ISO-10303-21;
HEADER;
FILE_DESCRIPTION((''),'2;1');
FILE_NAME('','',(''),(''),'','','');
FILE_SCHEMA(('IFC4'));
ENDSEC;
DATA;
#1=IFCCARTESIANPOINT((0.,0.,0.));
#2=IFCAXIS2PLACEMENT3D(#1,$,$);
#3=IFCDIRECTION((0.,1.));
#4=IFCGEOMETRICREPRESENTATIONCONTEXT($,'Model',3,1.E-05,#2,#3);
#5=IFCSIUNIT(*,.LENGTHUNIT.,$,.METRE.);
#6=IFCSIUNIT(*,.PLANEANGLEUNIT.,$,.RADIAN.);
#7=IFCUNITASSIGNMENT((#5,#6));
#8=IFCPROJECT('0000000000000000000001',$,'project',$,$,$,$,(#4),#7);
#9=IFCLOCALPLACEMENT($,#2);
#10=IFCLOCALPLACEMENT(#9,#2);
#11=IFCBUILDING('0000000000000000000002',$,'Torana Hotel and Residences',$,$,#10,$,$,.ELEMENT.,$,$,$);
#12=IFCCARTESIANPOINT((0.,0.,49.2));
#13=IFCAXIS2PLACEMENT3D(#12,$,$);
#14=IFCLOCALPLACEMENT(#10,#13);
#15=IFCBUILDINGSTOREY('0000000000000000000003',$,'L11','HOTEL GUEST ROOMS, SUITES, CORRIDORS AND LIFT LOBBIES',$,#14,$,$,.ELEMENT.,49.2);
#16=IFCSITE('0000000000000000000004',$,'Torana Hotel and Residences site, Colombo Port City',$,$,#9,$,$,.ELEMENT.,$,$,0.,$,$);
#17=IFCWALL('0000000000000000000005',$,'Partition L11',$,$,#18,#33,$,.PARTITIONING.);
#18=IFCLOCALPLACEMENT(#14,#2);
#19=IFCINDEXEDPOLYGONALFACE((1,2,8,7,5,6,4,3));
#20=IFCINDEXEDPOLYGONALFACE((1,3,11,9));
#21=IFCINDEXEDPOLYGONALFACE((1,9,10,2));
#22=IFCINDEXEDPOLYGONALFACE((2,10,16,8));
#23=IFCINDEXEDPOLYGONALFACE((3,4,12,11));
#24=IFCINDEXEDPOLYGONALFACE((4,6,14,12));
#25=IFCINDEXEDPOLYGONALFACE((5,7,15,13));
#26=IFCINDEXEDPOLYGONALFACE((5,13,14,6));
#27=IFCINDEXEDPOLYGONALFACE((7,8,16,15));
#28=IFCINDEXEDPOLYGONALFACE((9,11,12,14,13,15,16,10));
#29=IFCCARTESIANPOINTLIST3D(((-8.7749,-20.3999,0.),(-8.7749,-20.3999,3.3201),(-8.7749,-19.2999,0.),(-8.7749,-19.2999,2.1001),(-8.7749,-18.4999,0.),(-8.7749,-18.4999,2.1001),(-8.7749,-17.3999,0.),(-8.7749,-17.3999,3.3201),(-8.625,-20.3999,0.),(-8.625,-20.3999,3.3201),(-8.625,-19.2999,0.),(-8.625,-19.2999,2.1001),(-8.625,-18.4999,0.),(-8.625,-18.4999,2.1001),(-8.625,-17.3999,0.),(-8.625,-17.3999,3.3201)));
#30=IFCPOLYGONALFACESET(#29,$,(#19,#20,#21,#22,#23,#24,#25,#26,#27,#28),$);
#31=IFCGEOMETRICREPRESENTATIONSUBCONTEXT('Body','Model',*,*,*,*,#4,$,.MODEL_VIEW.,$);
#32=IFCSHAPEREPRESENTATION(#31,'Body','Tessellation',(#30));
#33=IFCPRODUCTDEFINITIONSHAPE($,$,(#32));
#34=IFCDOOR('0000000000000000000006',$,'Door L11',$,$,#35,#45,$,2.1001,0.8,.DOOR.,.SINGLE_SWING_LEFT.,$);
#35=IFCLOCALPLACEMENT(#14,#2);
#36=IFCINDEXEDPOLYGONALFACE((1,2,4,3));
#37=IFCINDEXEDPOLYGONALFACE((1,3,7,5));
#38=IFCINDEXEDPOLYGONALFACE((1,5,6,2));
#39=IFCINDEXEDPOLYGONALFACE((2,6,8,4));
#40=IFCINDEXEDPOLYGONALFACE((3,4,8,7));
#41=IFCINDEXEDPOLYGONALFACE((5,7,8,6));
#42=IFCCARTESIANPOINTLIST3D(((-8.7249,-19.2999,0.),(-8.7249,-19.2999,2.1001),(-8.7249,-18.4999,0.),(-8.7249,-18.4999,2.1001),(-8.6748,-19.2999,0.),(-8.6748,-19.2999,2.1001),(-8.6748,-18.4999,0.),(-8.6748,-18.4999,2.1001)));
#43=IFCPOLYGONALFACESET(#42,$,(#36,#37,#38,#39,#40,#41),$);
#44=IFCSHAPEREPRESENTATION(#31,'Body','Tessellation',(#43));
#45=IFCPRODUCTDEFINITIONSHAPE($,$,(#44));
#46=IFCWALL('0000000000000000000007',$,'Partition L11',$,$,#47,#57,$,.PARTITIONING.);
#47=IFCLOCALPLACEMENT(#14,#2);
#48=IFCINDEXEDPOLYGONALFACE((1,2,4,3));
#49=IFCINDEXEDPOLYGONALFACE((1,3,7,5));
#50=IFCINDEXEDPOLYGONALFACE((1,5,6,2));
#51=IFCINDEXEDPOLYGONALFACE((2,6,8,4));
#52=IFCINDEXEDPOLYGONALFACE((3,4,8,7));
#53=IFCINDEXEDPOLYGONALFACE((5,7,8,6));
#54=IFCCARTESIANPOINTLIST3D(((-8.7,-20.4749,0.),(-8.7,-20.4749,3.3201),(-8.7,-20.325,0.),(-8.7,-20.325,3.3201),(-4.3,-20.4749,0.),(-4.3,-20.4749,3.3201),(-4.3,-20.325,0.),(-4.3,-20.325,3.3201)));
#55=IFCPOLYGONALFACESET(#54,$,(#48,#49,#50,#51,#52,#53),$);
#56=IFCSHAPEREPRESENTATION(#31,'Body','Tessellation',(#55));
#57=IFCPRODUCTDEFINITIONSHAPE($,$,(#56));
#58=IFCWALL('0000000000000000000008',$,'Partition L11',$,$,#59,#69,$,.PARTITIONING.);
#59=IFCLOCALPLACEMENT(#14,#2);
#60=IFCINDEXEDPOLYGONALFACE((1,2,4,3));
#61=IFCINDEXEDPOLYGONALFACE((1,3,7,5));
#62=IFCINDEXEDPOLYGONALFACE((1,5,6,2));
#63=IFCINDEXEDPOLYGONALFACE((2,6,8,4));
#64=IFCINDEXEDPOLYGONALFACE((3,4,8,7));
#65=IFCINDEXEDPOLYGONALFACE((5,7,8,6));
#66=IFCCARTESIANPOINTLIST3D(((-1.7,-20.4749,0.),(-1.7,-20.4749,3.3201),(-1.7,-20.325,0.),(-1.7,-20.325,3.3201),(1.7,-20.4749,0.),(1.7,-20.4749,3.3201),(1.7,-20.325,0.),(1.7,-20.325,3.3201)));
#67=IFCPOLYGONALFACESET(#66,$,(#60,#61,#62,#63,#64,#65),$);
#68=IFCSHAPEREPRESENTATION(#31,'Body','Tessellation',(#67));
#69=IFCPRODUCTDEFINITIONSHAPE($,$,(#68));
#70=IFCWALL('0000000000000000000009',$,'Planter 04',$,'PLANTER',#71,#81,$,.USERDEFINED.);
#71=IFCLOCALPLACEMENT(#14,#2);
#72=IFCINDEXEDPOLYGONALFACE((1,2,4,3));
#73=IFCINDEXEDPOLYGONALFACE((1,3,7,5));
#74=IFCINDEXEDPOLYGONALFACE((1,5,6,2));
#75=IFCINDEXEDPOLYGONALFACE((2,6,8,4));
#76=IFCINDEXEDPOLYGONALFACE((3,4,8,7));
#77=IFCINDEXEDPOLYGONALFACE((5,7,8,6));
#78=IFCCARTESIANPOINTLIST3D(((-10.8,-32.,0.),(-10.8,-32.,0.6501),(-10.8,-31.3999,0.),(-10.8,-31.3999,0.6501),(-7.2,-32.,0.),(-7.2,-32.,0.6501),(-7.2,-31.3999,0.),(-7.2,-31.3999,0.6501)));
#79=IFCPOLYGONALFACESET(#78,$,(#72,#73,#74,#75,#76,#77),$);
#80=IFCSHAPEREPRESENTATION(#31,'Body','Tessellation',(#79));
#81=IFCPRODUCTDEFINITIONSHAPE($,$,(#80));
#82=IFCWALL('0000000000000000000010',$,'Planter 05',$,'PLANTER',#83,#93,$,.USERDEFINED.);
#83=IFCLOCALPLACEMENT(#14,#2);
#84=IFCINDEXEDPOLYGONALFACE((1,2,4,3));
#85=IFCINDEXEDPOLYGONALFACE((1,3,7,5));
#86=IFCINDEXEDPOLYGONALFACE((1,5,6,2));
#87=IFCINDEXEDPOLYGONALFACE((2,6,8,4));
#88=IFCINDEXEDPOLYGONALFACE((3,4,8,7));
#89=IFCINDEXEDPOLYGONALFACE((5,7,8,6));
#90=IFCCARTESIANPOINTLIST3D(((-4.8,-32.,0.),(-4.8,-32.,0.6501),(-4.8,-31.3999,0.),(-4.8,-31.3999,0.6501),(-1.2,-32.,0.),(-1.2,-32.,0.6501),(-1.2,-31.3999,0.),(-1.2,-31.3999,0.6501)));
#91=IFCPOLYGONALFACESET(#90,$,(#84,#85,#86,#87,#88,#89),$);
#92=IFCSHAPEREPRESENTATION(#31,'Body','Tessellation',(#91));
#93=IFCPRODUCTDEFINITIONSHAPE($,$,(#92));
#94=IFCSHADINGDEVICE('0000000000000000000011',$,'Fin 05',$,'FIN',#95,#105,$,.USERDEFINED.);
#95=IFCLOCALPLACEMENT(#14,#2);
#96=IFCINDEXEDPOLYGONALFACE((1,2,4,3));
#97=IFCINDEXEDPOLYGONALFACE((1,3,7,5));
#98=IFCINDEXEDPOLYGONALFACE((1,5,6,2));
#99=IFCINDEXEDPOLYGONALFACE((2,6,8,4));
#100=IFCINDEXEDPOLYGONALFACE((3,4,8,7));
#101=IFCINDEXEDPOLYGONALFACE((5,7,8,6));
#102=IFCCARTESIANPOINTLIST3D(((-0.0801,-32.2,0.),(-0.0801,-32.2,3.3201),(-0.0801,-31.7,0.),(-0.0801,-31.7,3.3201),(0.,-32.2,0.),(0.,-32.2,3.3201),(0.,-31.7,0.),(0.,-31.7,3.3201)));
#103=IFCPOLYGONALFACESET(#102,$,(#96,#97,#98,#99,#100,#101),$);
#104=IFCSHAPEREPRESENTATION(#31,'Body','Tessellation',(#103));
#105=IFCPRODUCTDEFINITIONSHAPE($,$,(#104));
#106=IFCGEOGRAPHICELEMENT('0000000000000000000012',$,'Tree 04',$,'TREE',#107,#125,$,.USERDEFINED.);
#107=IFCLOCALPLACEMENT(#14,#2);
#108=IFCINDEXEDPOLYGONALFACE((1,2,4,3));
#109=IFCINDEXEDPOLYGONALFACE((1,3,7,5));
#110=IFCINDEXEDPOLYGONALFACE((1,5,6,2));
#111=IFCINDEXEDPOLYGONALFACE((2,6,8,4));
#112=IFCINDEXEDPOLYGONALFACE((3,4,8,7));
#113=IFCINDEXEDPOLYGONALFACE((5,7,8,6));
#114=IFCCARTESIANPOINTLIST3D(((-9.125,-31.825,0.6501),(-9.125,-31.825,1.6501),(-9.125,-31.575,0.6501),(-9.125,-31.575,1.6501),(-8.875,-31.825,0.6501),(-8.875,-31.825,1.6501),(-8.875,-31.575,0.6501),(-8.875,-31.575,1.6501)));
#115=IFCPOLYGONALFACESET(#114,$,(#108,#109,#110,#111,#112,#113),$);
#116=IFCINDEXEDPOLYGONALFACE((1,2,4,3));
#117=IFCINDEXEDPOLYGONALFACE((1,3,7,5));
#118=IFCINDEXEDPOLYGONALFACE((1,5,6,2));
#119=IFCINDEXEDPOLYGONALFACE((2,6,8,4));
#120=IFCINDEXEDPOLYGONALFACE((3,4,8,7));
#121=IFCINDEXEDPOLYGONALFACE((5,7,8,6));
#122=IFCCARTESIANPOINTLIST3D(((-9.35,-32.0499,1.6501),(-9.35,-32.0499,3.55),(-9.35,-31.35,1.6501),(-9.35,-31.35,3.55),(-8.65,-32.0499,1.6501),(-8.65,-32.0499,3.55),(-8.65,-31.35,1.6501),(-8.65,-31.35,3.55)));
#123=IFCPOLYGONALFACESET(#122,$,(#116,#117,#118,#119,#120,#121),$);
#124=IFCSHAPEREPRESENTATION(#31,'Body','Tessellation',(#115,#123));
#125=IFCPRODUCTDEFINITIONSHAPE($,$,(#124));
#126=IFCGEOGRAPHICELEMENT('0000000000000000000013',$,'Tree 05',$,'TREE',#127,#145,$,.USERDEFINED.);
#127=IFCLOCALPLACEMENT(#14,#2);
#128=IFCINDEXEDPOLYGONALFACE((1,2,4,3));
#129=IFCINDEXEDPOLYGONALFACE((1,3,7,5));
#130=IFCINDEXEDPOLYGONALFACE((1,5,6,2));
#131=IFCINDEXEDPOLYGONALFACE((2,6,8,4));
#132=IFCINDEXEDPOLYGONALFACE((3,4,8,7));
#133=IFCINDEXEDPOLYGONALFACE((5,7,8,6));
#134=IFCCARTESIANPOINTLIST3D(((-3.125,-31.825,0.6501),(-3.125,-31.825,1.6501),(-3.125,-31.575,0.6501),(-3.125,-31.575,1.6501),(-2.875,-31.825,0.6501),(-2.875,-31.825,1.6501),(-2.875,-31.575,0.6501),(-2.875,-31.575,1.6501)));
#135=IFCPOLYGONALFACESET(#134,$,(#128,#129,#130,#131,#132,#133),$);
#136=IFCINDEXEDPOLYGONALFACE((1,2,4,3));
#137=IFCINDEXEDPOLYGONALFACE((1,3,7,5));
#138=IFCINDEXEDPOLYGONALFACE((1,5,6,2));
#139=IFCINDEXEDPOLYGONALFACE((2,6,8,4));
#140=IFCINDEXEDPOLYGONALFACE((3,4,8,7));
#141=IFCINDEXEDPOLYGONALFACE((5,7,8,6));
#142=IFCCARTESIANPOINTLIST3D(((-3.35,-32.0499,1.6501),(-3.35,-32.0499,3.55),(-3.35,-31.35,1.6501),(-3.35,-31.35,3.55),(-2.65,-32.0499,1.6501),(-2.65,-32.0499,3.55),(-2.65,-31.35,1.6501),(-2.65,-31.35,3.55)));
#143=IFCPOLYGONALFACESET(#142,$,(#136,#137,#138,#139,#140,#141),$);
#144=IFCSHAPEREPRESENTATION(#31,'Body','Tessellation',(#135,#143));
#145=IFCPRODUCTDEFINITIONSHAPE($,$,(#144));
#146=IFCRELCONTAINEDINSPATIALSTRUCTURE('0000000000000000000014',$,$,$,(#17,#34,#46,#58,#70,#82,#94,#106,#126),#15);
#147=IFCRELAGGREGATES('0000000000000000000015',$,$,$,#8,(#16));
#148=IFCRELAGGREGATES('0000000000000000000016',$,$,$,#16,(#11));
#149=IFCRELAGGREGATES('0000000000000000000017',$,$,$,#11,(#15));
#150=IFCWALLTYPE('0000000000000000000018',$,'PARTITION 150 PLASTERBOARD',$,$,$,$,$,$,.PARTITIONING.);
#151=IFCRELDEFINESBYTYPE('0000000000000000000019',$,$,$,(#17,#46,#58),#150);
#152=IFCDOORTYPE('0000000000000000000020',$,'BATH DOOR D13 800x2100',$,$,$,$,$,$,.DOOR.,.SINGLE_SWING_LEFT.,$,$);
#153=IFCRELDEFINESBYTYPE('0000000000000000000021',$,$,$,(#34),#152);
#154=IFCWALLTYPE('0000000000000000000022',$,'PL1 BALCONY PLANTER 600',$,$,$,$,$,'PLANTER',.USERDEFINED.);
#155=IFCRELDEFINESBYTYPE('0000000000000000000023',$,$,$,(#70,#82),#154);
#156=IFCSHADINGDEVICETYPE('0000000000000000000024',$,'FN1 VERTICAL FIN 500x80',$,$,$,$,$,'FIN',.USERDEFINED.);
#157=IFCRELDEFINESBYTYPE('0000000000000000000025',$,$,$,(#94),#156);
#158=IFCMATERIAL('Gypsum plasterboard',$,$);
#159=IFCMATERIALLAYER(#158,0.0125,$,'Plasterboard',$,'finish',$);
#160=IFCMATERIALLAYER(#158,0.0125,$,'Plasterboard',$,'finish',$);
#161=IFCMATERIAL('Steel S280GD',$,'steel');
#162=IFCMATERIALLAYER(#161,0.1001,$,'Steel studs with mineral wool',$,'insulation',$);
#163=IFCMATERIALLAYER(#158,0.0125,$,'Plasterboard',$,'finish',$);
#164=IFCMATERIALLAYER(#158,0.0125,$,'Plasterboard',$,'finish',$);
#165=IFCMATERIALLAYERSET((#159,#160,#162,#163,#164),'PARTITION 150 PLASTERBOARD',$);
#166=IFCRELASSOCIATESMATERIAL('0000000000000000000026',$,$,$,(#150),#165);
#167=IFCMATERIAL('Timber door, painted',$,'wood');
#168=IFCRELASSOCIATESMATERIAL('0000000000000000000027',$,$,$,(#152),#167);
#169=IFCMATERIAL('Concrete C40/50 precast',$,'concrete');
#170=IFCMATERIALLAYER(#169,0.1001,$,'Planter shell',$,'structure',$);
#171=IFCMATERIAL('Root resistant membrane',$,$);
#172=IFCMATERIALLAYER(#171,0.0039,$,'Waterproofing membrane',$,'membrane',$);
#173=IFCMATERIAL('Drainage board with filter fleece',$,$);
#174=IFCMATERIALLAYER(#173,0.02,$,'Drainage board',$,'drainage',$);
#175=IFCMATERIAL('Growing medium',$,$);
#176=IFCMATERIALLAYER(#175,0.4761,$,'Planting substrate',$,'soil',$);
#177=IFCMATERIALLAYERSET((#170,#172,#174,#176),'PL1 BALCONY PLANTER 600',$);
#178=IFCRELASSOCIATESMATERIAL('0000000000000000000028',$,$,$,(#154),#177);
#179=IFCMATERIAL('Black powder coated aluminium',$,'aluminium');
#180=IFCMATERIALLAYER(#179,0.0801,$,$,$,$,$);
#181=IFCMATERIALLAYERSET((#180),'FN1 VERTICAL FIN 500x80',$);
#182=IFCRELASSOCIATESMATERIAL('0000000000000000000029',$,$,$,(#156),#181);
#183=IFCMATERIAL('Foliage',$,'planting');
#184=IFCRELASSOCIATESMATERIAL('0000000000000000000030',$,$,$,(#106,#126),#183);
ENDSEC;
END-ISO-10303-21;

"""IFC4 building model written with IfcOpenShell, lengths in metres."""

from ifc_helpers import new_model, si_unit, direction, frame, frame_2d, origin, origin_2d, place, context, subcontext, project, spatial, rectangle, extrude, material, layer, layer_set, type_object, element, fill, save


model = new_model("IFC4")

# Units and contexts
model_context = context("Model", 3, precision=1e-05, world=origin(), true_north=direction((0.0, 1.0)))
body_context = subcontext(model_context, "Body", "Model", "MODEL_VIEW")
ifc_project = project(units=[si_unit("LENGTHUNIT", "METRE"), si_unit("PLANEANGLEUNIT", "RADIAN")], contexts=[model_context])

# Site, building, storey
site_placement = place(None, origin())
site = spatial("IfcSite", under=ifc_project, at=site_placement, Name="Torana Hotel and Residences site, Colombo Port City", CompositionType="ELEMENT", RefElevation=0.0)
building_placement = place(site_placement, origin())
building = spatial("IfcBuilding", under=site, at=building_placement, Name="Torana Hotel and Residences", CompositionType="ELEMENT")
storey_placement = place(building_placement, frame((0.0, 0.0, 49.2)))
storey = spatial("IfcBuildingStorey", under=building, at=storey_placement, Name="L11", Description="HOTEL GUEST ROOMS, SUITES, CORRIDORS AND LIFT LOBBIES", CompositionType="ELEMENT", Elevation=49.2)

# Shared definitions
ifc_material_1 = material(Name="Gypsum plasterboard")
ifc_layer_1 = layer(ifc_material_1, 0.0125, Name="Plasterboard", Category="finish")
ifc_layer_2 = layer(ifc_material_1, 0.0125, Name="Plasterboard", Category="finish")
ifc_material_2 = material(Name="Steel S280GD", Category="steel")
ifc_layer_3 = layer(ifc_material_2, 0.1001, Name="Steel studs with mineral wool", Category="insulation")
ifc_layer_4 = layer(ifc_material_1, 0.0125, Name="Plasterboard", Category="finish")
ifc_layer_5 = layer(ifc_material_1, 0.0125, Name="Plasterboard", Category="finish")
ifc_layer_set_1 = layer_set([ifc_layer_1, ifc_layer_2, ifc_layer_3, ifc_layer_4, ifc_layer_5], Name="PARTITION 150 PLASTERBOARD")
wall_type_1 = type_object("IfcWallType", Name="PARTITION 150 PLASTERBOARD", PredefinedType="PARTITIONING", material=ifc_layer_set_1)
ifc_material_3 = material(Name="Timber door, painted", Category="wood")
door_type_1 = type_object("IfcDoorType", Name="BATH DOOR D13 800x2100", OperationType="SINGLE_SWING_LEFT", PredefinedType="DOOR", material=ifc_material_3)

# Wall, opening, door
wall_1_placement = place(storey_placement, frame((-8.7, -20.3999, 0.0), z_axis=(0.0, 0.0, 1.0), x_axis=(0.0, 1.0, 0.0)))
wall_1 = element("IfcWall", 1, at=wall_1_placement, inside=storey, type_object=wall_type_1, Name="Partition L11", PredefinedType="PARTITIONING", context=body_context, shape_type="SweptSolid", body=[
    extrude(rectangle(XDim=3.0, YDim=0.1499, at=frame_2d((1.5, 0.0))), origin(), (0.0, 0.0, 1.0), 3.3201),
])
opening_1_placement = place(wall_1_placement, frame((1.1001, 0.0, 0.0)))
opening_1 = element("IfcOpeningElement", 2, at=opening_1_placement, cuts=wall_1, PredefinedType="OPENING", context=body_context, shape_type="SweptSolid", body=[
    extrude(rectangle(XDim=0.8, YDim=2.1001, at=frame_2d((0.3999, 1.05))), frame((0.0, 0.085, 0.0), z_axis=(0.0, -1.0, 0.0), x_axis=(1.0, 0.0, 0.0)), (0.0, 0.0, 1.0), 0.1699),
])
door_1_placement = place(opening_1_placement, origin())
door_1 = element("IfcDoor", 3, at=door_1_placement, inside=storey, type_object=door_type_1, Name="Door L11", OperationType="SINGLE_SWING_LEFT", OverallHeight=2.1001, OverallWidth=0.8, PredefinedType="DOOR", context=body_context, shape_type="SweptSolid", body=[
    extrude(rectangle(XDim=0.8, YDim=2.1001, at=frame_2d((0.3999, 1.05))), frame((0.0, 0.0249, 0.0), z_axis=(0.0, -1.0, 0.0), x_axis=(1.0, 0.0, 0.0)), (0.0, 0.0, 1.0), 0.05),
])
fill(opening_1, door_1)

# Walls
wall_2_placement = place(storey_placement, frame((-8.7, -20.3999, 0.0), z_axis=(0.0, 0.0, 1.0), x_axis=(1.0, 0.0, 0.0)))
element("IfcWall", 4, at=wall_2_placement, inside=storey, type_object=wall_type_1, Name="Partition L11", PredefinedType="PARTITIONING", context=body_context, shape_type="SweptSolid", body=[
    extrude(rectangle(XDim=4.3999, YDim=0.1499, at=frame_2d((2.2, 0.0))), origin(), (0.0, 0.0, 1.0), 3.3201),
])
wall_3_placement = place(storey_placement, frame((-1.7, -20.3999, 0.0), z_axis=(0.0, 0.0, 1.0), x_axis=(1.0, 0.0, 0.0)))
element("IfcWall", 5, at=wall_3_placement, inside=storey, type_object=wall_type_1, Name="Partition L11", PredefinedType="PARTITIONING", context=body_context, shape_type="SweptSolid", body=[
    extrude(rectangle(XDim=3.3999, YDim=0.1499, at=frame_2d((1.7, 0.0))), origin(), (0.0, 0.0, 1.0), 3.3201),
])
ifc_material_4 = material(Name="Concrete C40/50 precast", Category="concrete")
ifc_layer_6 = layer(ifc_material_4, 0.1001, Name="Planter shell", Category="structure")
ifc_material_5 = material(Name="Root resistant membrane")
ifc_layer_7 = layer(ifc_material_5, 0.0039, Name="Waterproofing membrane", Category="membrane")
ifc_material_6 = material(Name="Drainage board with filter fleece")
ifc_layer_8 = layer(ifc_material_6, 0.02, Name="Drainage board", Category="drainage")
ifc_material_7 = material(Name="Growing medium")
ifc_layer_9 = layer(ifc_material_7, 0.4761, Name="Planting substrate", Category="soil")
ifc_layer_set_2 = layer_set([ifc_layer_6, ifc_layer_7, ifc_layer_8, ifc_layer_9], Name="PL1 BALCONY PLANTER 600")
wall_type_2 = type_object("IfcWallType", Name="PL1 BALCONY PLANTER 600", ElementType="PLANTER", PredefinedType="USERDEFINED", material=ifc_layer_set_2)
for number, where, z_axis, x_axis, name in (
    (6, (-7.2, -31.7, 0.0), (0.0, 0.0, 1.0), (-1.0, 0.0, 0.0), "Planter 04"),
    (7, (-1.2, -31.7, 0.0), (0.0, 0.0, 1.0), (-1.0, 0.0, 0.0), "Planter 05"),
):
    element("IfcWall", number, at=place(storey_placement, frame(where, z_axis=z_axis, x_axis=x_axis)), inside=storey, type_object=wall_type_2, Name=name, ObjectType="PLANTER", PredefinedType="USERDEFINED", context=body_context, shape_type="SweptSolid", body=[
        extrude(rectangle(XDim=3.6001, YDim=0.6001, at=frame_2d((1.8, 0.0))), origin(), (0.0, 0.0, 1.0), 0.6501),
    ])

# Shading device
ifc_material_8 = material(Name="Black powder coated aluminium", Category="aluminium")
ifc_layer_10 = layer(ifc_material_8, 0.0801)
ifc_layer_set_3 = layer_set([ifc_layer_10], Name="FN1 VERTICAL FIN 500x80")
shading_device_type = type_object("IfcShadingDeviceType", Name="FN1 VERTICAL FIN 500x80", ElementType="FIN", PredefinedType="USERDEFINED", material=ifc_layer_set_3)
shading_device_placement = place(storey_placement, frame((-0.04, -31.95, 0.0), z_axis=(0.0, 0.0, 1.0), x_axis=(-1.0, 0.0, 0.0)))
element("IfcShadingDevice", 8, at=shading_device_placement, inside=storey, type_object=shading_device_type, Name="Fin 05", ObjectType="FIN", PredefinedType="USERDEFINED", context=body_context, shape_type="SweptSolid", body=[
    extrude(rectangle(XDim=0.0801, YDim=0.5, at=origin_2d()), origin(), (0.0, 0.0, 1.0), 3.3201),
])

# Geographic elements
ifc_material_9 = material(Name="Foliage", Category="planting")
for number, where, z_axis, x_axis, name in (
    (9, (-9.0, -31.7, 0.6501), (0.0, 0.0, 1.0), (1.0, 0.0, 0.0), "Tree 04"),
    (10, (-3.0, -31.7, 0.6501), (0.0, 0.0, 1.0), (1.0, 0.0, 0.0), "Tree 05"),
):
    element("IfcGeographicElement", number, at=place(storey_placement, frame(where, z_axis=z_axis, x_axis=x_axis)), inside=storey, material=ifc_material_9, Name=name, ObjectType="TREE", PredefinedType="USERDEFINED", context=body_context, shape_type="SweptSolid", body=[
        extrude(rectangle(XDim=0.25, YDim=0.25, at=origin_2d()), origin(), (0.0, 0.0, 1.0), 1.0),
        extrude(rectangle(XDim=0.7, YDim=0.7, at=origin_2d()), frame((0.0, 0.0, 1.0)), (0.0, 0.0, 1.0), 1.8999),
    ])

save(model, "model.ifc")
